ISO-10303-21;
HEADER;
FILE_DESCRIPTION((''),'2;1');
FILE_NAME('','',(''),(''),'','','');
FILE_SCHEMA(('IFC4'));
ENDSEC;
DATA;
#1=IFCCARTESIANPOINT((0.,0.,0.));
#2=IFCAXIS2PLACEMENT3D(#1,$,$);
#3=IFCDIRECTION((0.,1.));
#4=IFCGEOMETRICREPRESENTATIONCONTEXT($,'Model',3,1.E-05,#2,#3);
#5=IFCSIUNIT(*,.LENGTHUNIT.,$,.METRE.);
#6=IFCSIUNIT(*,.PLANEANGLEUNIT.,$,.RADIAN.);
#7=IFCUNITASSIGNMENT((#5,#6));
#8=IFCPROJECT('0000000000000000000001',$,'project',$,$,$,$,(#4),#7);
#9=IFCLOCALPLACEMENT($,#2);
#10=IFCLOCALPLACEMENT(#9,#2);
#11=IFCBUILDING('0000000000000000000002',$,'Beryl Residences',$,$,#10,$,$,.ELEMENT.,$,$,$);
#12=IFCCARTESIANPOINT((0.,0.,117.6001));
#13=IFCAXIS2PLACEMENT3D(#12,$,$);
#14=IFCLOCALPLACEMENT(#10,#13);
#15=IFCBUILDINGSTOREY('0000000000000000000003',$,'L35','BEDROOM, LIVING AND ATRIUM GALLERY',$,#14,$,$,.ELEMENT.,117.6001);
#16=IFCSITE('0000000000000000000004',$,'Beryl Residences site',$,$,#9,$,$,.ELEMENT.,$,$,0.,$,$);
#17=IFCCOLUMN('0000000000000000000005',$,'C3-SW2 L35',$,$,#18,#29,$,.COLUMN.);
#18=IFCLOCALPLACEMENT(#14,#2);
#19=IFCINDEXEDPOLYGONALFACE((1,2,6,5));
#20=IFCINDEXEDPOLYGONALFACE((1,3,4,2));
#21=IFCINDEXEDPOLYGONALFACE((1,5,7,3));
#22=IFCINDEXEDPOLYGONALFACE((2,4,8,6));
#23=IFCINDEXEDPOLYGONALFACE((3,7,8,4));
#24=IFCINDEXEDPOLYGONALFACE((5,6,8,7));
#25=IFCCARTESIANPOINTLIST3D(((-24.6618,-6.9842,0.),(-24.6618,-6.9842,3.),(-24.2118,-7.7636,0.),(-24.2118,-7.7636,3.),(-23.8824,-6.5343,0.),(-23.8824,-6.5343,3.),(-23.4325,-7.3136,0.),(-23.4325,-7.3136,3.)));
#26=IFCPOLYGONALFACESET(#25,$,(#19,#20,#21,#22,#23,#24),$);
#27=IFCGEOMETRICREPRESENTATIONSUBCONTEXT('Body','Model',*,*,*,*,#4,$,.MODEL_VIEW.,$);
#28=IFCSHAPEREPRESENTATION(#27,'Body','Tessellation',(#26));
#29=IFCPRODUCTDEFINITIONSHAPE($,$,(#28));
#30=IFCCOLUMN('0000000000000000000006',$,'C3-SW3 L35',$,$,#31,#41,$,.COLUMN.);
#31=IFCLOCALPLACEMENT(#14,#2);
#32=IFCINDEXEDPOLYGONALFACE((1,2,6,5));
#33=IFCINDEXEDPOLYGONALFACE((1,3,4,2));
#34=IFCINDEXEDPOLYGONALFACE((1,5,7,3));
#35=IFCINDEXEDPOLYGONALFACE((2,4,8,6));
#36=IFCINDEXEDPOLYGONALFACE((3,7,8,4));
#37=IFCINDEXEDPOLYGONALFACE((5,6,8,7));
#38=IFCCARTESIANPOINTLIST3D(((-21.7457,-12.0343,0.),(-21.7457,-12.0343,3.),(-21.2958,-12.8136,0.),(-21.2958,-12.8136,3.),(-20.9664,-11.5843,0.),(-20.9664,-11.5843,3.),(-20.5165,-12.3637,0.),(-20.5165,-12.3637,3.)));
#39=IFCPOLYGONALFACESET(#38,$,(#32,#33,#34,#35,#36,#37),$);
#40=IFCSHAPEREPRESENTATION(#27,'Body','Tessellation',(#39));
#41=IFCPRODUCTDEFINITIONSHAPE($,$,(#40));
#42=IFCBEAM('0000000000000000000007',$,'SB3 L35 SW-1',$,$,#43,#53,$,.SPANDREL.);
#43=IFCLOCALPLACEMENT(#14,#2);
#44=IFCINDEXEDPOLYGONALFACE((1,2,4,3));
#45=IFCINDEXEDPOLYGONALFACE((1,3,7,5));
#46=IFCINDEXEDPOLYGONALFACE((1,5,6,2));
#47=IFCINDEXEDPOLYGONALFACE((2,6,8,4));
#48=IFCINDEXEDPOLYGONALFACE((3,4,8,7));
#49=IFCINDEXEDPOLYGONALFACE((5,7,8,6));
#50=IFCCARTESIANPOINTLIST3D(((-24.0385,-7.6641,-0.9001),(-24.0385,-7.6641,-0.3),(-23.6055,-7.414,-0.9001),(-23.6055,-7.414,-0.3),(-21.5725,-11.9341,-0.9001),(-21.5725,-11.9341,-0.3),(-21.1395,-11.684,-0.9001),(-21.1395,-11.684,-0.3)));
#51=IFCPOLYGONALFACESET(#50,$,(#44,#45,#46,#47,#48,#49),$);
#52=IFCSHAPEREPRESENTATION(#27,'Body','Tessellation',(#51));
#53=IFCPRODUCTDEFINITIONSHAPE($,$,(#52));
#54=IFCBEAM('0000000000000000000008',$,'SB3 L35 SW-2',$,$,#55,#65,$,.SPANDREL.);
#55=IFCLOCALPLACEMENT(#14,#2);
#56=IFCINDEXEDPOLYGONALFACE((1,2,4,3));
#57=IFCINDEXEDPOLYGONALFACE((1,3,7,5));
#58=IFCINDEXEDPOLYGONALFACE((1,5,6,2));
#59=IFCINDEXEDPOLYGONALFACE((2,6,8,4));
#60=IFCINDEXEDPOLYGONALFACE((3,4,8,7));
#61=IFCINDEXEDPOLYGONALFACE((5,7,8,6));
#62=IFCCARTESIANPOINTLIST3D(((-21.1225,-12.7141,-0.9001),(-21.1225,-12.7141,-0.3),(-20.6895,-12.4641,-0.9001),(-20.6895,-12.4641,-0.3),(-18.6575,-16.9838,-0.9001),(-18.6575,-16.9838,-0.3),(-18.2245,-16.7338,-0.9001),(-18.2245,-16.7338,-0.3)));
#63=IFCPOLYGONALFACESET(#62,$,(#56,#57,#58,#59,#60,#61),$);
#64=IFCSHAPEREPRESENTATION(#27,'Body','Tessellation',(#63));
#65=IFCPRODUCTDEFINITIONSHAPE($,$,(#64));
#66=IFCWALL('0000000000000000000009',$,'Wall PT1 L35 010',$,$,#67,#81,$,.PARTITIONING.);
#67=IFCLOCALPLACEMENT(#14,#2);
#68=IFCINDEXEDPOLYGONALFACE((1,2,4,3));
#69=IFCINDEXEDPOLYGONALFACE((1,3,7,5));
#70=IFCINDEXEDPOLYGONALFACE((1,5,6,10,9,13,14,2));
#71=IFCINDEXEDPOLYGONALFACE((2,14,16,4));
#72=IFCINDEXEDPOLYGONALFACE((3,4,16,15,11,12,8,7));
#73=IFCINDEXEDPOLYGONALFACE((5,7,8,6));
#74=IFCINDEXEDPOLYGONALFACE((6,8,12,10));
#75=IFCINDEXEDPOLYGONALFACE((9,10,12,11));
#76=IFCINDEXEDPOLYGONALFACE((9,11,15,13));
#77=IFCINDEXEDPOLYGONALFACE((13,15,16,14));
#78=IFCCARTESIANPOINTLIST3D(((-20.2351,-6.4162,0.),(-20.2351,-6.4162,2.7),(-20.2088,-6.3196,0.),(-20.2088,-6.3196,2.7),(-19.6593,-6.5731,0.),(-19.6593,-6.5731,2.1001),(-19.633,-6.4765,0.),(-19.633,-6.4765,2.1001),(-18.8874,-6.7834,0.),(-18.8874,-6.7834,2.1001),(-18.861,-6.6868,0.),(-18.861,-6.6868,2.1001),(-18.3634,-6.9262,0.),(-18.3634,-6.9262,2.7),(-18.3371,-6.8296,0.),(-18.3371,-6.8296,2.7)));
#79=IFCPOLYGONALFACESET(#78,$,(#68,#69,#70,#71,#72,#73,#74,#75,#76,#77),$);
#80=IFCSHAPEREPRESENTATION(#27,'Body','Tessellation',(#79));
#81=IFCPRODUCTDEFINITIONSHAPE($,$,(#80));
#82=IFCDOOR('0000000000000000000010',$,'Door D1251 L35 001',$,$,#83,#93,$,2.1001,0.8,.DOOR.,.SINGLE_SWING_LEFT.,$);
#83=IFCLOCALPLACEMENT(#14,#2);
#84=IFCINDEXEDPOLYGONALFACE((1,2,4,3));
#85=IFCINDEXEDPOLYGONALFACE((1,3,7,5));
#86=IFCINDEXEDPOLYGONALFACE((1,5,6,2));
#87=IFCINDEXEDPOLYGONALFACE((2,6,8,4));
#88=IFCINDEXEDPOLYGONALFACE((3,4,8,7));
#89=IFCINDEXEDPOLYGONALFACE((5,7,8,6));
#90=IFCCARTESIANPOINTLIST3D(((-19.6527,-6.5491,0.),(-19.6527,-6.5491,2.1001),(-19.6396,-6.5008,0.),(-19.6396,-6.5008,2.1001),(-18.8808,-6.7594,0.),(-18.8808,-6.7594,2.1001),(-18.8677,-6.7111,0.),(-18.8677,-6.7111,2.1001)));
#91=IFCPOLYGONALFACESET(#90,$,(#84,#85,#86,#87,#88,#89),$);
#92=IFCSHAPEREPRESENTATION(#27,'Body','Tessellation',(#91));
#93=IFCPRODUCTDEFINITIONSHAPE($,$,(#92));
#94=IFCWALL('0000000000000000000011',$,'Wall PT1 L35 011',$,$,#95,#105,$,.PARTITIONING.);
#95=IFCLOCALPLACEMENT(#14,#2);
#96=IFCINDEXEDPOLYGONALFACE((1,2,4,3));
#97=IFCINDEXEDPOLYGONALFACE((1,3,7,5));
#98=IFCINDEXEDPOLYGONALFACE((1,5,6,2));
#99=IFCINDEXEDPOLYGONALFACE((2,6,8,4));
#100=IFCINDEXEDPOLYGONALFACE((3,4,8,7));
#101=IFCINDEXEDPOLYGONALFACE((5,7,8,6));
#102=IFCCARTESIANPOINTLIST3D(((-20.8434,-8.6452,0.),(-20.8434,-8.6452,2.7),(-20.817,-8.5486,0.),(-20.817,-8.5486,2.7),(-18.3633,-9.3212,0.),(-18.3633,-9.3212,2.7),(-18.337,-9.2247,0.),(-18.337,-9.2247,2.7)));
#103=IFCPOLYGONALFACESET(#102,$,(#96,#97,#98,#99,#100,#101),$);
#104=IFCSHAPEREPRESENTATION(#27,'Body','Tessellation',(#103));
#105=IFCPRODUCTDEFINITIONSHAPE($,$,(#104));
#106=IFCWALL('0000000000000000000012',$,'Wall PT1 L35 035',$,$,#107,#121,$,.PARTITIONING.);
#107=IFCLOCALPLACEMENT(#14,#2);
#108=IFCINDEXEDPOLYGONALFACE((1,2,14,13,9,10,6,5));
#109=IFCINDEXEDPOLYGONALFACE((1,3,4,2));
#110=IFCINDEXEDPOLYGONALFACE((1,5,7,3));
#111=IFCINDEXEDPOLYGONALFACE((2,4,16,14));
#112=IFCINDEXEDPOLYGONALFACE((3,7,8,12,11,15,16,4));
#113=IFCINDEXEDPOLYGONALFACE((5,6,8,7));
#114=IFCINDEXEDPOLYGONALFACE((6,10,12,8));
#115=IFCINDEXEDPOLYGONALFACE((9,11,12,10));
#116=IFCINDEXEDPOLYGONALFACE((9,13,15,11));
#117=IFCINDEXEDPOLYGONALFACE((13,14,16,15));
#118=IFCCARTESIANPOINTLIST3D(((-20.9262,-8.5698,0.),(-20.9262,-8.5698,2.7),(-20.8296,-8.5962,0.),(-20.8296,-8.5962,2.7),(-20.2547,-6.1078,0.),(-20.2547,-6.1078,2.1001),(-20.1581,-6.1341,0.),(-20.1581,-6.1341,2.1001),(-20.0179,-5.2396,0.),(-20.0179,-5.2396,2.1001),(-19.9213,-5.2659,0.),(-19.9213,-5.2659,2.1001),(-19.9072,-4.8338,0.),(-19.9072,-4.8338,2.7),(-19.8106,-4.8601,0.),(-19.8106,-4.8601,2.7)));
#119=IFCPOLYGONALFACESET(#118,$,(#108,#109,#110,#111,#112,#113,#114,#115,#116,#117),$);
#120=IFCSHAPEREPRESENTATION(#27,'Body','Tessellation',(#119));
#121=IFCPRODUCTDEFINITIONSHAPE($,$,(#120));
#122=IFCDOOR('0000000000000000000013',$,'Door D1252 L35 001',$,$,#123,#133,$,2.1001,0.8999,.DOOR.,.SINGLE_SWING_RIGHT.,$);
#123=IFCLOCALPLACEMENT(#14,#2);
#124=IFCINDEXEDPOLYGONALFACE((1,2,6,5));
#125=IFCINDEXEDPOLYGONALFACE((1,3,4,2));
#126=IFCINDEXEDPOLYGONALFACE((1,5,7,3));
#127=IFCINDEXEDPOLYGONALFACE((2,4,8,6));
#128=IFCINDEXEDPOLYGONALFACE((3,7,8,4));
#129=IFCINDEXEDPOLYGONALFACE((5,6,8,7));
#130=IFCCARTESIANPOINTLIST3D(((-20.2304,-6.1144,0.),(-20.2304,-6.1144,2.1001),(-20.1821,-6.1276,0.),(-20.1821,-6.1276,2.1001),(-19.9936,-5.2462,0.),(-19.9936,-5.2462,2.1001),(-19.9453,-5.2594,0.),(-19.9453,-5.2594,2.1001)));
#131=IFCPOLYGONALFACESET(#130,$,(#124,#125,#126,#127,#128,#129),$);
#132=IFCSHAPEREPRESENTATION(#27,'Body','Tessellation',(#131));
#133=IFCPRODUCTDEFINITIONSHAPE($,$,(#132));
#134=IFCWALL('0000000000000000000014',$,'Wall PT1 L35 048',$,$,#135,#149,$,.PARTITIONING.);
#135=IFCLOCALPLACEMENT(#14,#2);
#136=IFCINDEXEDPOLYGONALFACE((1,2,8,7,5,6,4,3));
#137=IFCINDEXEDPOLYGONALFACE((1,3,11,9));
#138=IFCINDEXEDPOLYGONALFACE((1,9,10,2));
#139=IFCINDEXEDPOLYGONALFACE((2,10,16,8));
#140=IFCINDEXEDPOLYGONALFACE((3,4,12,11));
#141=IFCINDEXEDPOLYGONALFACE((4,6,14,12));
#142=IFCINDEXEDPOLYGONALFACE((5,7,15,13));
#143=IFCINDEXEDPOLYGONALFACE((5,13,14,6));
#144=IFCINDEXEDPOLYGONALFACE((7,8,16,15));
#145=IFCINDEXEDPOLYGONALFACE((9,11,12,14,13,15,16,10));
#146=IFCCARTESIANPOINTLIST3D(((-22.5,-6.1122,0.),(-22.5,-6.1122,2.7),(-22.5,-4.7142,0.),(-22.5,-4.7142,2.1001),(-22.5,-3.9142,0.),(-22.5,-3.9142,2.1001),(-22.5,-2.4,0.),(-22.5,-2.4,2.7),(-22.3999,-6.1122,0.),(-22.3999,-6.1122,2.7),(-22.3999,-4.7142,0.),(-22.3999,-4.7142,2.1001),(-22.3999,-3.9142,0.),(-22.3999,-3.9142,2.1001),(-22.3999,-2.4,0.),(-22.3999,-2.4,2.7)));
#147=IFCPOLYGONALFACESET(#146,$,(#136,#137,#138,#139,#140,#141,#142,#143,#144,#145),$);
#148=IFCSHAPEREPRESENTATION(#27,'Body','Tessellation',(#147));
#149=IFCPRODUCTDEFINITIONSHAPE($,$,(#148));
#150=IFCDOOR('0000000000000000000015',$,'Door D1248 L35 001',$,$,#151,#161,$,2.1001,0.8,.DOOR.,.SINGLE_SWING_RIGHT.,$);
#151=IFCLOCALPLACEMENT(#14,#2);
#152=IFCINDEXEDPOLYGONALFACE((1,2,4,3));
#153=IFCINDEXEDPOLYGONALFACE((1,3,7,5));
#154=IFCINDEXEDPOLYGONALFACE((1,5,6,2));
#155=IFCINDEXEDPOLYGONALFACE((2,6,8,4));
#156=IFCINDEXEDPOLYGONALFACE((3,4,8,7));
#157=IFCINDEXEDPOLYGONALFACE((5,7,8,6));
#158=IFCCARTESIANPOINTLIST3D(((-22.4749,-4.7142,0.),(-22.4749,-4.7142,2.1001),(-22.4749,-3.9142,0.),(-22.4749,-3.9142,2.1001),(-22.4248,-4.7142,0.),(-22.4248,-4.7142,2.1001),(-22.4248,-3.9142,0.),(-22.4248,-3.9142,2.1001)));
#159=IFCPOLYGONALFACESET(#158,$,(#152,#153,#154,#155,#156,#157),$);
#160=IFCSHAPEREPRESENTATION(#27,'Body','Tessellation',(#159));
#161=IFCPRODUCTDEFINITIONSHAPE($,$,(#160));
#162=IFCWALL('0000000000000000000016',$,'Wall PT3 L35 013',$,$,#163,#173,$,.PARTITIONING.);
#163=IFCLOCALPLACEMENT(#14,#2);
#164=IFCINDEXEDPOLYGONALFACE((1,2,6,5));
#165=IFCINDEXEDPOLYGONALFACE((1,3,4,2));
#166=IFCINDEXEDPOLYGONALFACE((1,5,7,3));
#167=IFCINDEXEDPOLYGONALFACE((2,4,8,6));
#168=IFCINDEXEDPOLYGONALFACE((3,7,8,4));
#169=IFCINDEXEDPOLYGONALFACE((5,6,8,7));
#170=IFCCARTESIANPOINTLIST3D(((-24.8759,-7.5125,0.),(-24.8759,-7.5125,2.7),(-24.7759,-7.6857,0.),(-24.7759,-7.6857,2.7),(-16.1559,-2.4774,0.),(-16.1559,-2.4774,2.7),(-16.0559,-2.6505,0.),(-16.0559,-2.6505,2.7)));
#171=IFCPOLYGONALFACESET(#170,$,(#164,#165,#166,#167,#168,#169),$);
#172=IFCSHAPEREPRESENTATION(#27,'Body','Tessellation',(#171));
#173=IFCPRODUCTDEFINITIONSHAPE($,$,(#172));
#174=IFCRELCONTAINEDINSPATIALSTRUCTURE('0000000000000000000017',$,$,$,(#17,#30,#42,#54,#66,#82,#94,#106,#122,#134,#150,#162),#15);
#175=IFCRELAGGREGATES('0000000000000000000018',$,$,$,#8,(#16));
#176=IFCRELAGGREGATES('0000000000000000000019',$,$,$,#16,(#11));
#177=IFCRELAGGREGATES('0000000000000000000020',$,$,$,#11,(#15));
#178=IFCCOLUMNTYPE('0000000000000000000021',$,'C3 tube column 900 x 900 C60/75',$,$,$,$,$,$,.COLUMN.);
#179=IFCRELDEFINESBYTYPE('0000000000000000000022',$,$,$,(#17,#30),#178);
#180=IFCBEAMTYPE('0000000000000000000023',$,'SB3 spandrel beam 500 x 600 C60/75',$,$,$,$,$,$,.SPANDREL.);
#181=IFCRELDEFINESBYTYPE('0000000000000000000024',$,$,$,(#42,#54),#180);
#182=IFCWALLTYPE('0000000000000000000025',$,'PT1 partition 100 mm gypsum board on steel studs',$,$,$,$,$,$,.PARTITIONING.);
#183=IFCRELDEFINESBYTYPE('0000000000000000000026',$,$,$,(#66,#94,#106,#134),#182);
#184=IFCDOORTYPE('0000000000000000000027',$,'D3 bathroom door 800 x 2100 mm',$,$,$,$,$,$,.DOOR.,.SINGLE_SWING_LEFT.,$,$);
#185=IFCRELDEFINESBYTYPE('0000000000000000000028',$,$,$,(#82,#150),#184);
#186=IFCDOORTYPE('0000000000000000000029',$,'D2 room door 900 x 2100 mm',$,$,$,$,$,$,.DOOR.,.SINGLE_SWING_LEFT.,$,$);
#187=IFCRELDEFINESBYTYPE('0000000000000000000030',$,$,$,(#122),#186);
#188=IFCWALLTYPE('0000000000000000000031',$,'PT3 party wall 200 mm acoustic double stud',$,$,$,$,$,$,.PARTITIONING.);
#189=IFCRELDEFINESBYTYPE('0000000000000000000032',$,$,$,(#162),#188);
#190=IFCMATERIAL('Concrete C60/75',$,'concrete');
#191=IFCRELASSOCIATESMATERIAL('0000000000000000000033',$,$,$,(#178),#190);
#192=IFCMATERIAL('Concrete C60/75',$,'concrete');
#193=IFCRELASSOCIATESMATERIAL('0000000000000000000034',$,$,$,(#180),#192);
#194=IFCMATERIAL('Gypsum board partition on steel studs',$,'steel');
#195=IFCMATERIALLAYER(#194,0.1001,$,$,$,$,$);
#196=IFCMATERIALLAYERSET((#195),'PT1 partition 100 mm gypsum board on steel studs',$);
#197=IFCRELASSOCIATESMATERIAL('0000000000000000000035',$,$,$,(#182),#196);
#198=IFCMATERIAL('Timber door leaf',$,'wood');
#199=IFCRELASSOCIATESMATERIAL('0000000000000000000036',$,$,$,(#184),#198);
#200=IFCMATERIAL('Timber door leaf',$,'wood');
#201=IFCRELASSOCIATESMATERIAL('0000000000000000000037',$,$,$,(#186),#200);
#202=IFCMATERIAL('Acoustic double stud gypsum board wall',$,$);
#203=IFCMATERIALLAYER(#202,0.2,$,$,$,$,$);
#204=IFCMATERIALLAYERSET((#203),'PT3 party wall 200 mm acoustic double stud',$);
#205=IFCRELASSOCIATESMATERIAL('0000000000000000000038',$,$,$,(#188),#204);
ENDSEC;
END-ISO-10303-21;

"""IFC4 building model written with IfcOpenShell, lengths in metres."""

from ifc_helpers import new_model, si_unit, direction, frame, frame_2d, origin, origin_2d, place, context, subcontext, project, spatial, rectangle, extrude, material, layer, layer_set, material_profile, profile_set, type_object, element, fill, save


model = new_model("IFC4")

# Units and contexts
model_context = context("Model", 3, precision=1e-05, world=origin(), true_north=direction((0.0, 1.0)))
body_context = subcontext(model_context, "Body", "Model", "MODEL_VIEW")
ifc_project = project(units=[si_unit("LENGTHUNIT", "METRE"), si_unit("PLANEANGLEUNIT", "RADIAN")], contexts=[model_context])

# Site, building, storey
site_placement = place(None, origin())
site = spatial("IfcSite", under=ifc_project, at=site_placement, Name="Beryl Residences site", CompositionType="ELEMENT", RefElevation=0.0)
building_placement = place(site_placement, origin())
building = spatial("IfcBuilding", under=site, at=building_placement, Name="Beryl Residences", CompositionType="ELEMENT")
storey_placement = place(building_placement, frame((0.0, 0.0, 117.6001)))
storey = spatial("IfcBuildingStorey", under=building, at=storey_placement, Name="L35", Description="BEDROOM, LIVING AND ATRIUM GALLERY", CompositionType="ELEMENT", Elevation=117.6001)

# Columns
ifc_material_1 = material(Name="Concrete C60/75", Category="concrete")
ifc_material_profile_1 = material_profile(ifc_material_1, rectangle(XDim=0.8999, YDim=0.8999, at=origin_2d()))
ifc_profile_set_1 = profile_set([ifc_material_profile_1], Name="Concrete C60/75")
column_type = type_object("IfcColumnType", Name="C3 tube column 900 x 900 C60/75", PredefinedType="COLUMN", material=ifc_profile_set_1)
for number, where, z_axis, x_axis, name in (
    (1, (-24.0471, -7.1489, 0.0), (0.0, 0.0, 1.0), (0.5, -0.866025, 0.0), "C3-SW2 L35"),
    (2, (-21.1311, -12.199, 0.0), (0.0, 0.0, 1.0), (0.5, -0.866025, 0.0), "C3-SW3 L35"),
):
    element("IfcColumn", number, at=place(storey_placement, frame(where, z_axis=z_axis, x_axis=x_axis)), inside=storey, type_object=column_type, Name=name, PredefinedType="COLUMN", context=body_context, shape_type="SweptSolid", body=[
        extrude(rectangle(XDim=0.8999, YDim=0.8999, at=origin_2d()), origin(), (0.0, 0.0, 1.0), 3.0),
    ])

# Beams
ifc_material_2 = material(Name="Concrete C60/75", Category="concrete")
ifc_material_profile_2 = material_profile(ifc_material_2, rectangle(XDim=0.5, YDim=0.6001, at=origin_2d()))
ifc_profile_set_2 = profile_set([ifc_material_profile_2], Name="Concrete C60/75")
beam_type = type_object("IfcBeamType", Name="SB3 spandrel beam 500 x 600 C60/75", PredefinedType="SPANDREL", material=ifc_profile_set_2)
beam_1_placement = place(storey_placement, frame((-23.822, -7.5391, -0.6001), z_axis=(0.500117, -0.865958, 0.0), x_axis=(0.865958, 0.500117, 0.0)))
element("IfcBeam", 3, at=beam_1_placement, inside=storey, type_object=beam_type, Name="SB3 L35 SW-1", PredefinedType="SPANDREL", context=body_context, shape_type="SweptSolid", body=[
    extrude(rectangle(XDim=0.5, YDim=0.6001, at=origin_2d()), origin(), (0.0, 0.0, 1.0), 4.9309),
])
beam_2_placement = place(storey_placement, frame((-20.906, -12.5891, -0.6001), z_axis=(0.49999, -0.866031, 0.0), x_axis=(0.866031, 0.49999, 0.0)))
element("IfcBeam", 4, at=beam_2_placement, inside=storey, type_object=beam_type, Name="SB3 L35 SW-2", PredefinedType="SPANDREL", context=body_context, shape_type="SweptSolid", body=[
    extrude(rectangle(XDim=0.5, YDim=0.6001, at=origin_2d()), origin(), (0.0, 0.0, 1.0), 4.9302),
])

# Wall, opening, door
ifc_material_3 = material(Name="Gypsum board partition on steel studs", Category="steel")
ifc_layer_1 = layer(ifc_material_3, 0.1001)
ifc_layer_set_1 = layer_set([ifc_layer_1], Name="PT1 partition 100 mm gypsum board on steel studs")
wall_type_1 = type_object("IfcWallType", Name="PT1 partition 100 mm gypsum board on steel studs", PredefinedType="PARTITIONING", material=ifc_layer_set_1)
wall_1_placement = place(storey_placement, frame((-20.2219, -6.3679, 0.0), z_axis=(0.0, 0.0, 1.0), x_axis=(0.964828, -0.262883, 0.0)))
wall_1 = element("IfcWall", 5, at=wall_1_placement, inside=storey, type_object=wall_type_1, Name="Wall PT1 L35 010", PredefinedType="PARTITIONING", context=body_context, shape_type="SweptSolid", body=[
    extrude(rectangle(XDim=1.9399, YDim=0.1001, at=frame_2d((0.97, 0.0))), origin(), (0.0, 0.0, 1.0), 2.7),
])
opening_1_placement = place(wall_1_placement, frame((0.5969, 0.0, 0.0)))
opening_1 = element("IfcOpeningElement", 6, at=opening_1_placement, cuts=wall_1, PredefinedType="OPENING", context=body_context, shape_type="SweptSolid", body=[
    extrude(rectangle(XDim=0.8, YDim=2.1001, at=frame_2d((0.3999, 1.05))), frame((0.0, 0.0601, 0.0), z_axis=(0.0, -1.0, 0.0), x_axis=(1.0, 0.0, 0.0)), (0.0, 0.0, 1.0), 0.1201),
])
ifc_material_4 = material(Name="Timber door leaf", Category="wood")
door_type_1 = type_object("IfcDoorType", Name="D3 bathroom door 800 x 2100 mm", OperationType="SINGLE_SWING_LEFT", PredefinedType="DOOR", material=ifc_material_4)
door_1_placement = place(opening_1_placement, origin())
door_1 = element("IfcDoor", 7, at=door_1_placement, inside=storey, type_object=door_type_1, Name="Door D1251 L35 001", OperationType="SINGLE_SWING_LEFT", OverallHeight=2.1001, OverallWidth=0.8, PredefinedType="DOOR", context=body_context, shape_type="SweptSolid", body=[
    extrude(rectangle(XDim=0.8, YDim=2.1001, at=frame_2d((0.3999, 1.05))), frame((0.0, 0.0249, 0.0), z_axis=(0.0, -1.0, 0.0), x_axis=(1.0, 0.0, 0.0)), (0.0, 0.0, 1.0), 0.05),
])
fill(opening_1, door_1)

# Wall
wall_2_placement = place(storey_placement, frame((-20.8301, -8.5969, 0.0), z_axis=(0.0, 0.0, 1.0), x_axis=(0.964797, -0.262997, 0.0)))
element("IfcWall", 8, at=wall_2_placement, inside=storey, type_object=wall_type_1, Name="Wall PT1 L35 011", PredefinedType="PARTITIONING", context=body_context, shape_type="SweptSolid", body=[
    extrude(rectangle(XDim=2.5706, YDim=0.1001, at=frame_2d((1.2852, 0.0))), origin(), (0.0, 0.0, 1.0), 2.7),
])

# Walls, openings, doors
wall_3_placement = place(storey_placement, frame((-20.8779, -8.583, 0.0), z_axis=(0.0, 0.0, 1.0), x_axis=(0.263144, 0.964757, 0.0)))
wall_3 = element("IfcWall", 9, at=wall_3_placement, inside=storey, type_object=wall_type_1, Name="Wall PT1 L35 035", PredefinedType="PARTITIONING", context=body_context, shape_type="SweptSolid", body=[
    extrude(rectangle(XDim=3.8726, YDim=0.1001, at=frame_2d((1.9363, 0.0))), origin(), (0.0, 0.0, 1.0), 2.7),
])
opening_2_placement = place(wall_3_placement, frame((2.552, 0.0, 0.0)))
opening_2 = element("IfcOpeningElement", 10, at=opening_2_placement, cuts=wall_3, PredefinedType="OPENING", context=body_context, shape_type="SweptSolid", body=[
    extrude(rectangle(XDim=0.8999, YDim=2.1001, at=frame_2d((0.45, 1.05))), frame((0.0, 0.0601, 0.0), z_axis=(0.0, -1.0, 0.0), x_axis=(1.0, 0.0, 0.0)), (0.0, 0.0, 1.0), 0.1201),
])
ifc_material_5 = material(Name="Timber door leaf", Category="wood")
door_type_2 = type_object("IfcDoorType", Name="D2 room door 900 x 2100 mm", OperationType="SINGLE_SWING_LEFT", PredefinedType="DOOR", material=ifc_material_5)
door_2_placement = place(opening_2_placement, origin())
door_2 = element("IfcDoor", 11, at=door_2_placement, inside=storey, type_object=door_type_2, Name="Door D1252 L35 001", OperationType="SINGLE_SWING_RIGHT", OverallHeight=2.1001, OverallWidth=0.8999, PredefinedType="DOOR", context=body_context, shape_type="SweptSolid", body=[
    extrude(rectangle(XDim=0.8999, YDim=2.1001, at=frame_2d((0.45, 1.05))), frame((0.0, 0.0249, 0.0), z_axis=(0.0, -1.0, 0.0), x_axis=(1.0, 0.0, 0.0)), (0.0, 0.0, 1.0), 0.05),
])
fill(opening_2, door_2)
wall_4_placement = place(storey_placement, frame((-22.45, -6.1121, 0.0), z_axis=(0.0, 0.0, 1.0), x_axis=(0.0, 1.0, 0.0)))
wall_4 = element("IfcWall", 12, at=wall_4_placement, inside=storey, type_object=wall_type_1, Name="Wall PT1 L35 048", PredefinedType="PARTITIONING", context=body_context, shape_type="SweptSolid", body=[
    extrude(rectangle(XDim=3.7122, YDim=0.1001, at=frame_2d((1.856, 0.0))), origin(), (0.0, 0.0, 1.0), 2.7),
])
opening_3_placement = place(wall_4_placement, frame((1.3979, 0.0, 0.0)))
opening_3 = element("IfcOpeningElement", 13, at=opening_3_placement, cuts=wall_4, PredefinedType="OPENING", context=body_context, shape_type="SweptSolid", body=[
    extrude(rectangle(XDim=0.8, YDim=2.1001, at=frame_2d((0.3999, 1.05))), frame((0.0, 0.0601, 0.0), z_axis=(0.0, -1.0, 0.0), x_axis=(1.0, 0.0, 0.0)), (0.0, 0.0, 1.0), 0.1201),
])
door_3_placement = place(opening_3_placement, origin())
door_3 = element("IfcDoor", 14, at=door_3_placement, inside=storey, type_object=door_type_1, Name="Door D1248 L35 001", OperationType="SINGLE_SWING_RIGHT", OverallHeight=2.1001, OverallWidth=0.8, PredefinedType="DOOR", context=body_context, shape_type="SweptSolid", body=[
    extrude(rectangle(XDim=0.8, YDim=2.1001, at=frame_2d((0.3999, 1.05))), frame((0.0, 0.0249, 0.0), z_axis=(0.0, -1.0, 0.0), x_axis=(1.0, 0.0, 0.0)), (0.0, 0.0, 1.0), 0.05),
])
fill(opening_3, door_3)

# Wall
ifc_material_6 = material(Name="Acoustic double stud gypsum board wall")
ifc_layer_2 = layer(ifc_material_6, 0.2)
ifc_layer_set_2 = layer_set([ifc_layer_2], Name="PT3 party wall 200 mm acoustic double stud")
wall_type_2 = type_object("IfcWallType", Name="PT3 party wall 200 mm acoustic double stud", PredefinedType="PARTITIONING", material=ifc_layer_set_2)
wall_5_placement = place(storey_placement, frame((-24.8259, -7.5991, 0.0), z_axis=(0.0, 0.0, 1.0), x_axis=(0.865996, 0.500051, 0.0)))
element("IfcWall", 15, at=wall_5_placement, inside=storey, type_object=wall_type_2, Name="Wall PT3 L35 013", PredefinedType="PARTITIONING", context=body_context, shape_type="SweptSolid", body=[
    extrude(rectangle(XDim=10.0693, YDim=0.2, at=frame_2d((5.0347, 0.0))), origin(), (0.0, 0.0, 1.0), 2.7),
])

save(model, "model.ifc")
